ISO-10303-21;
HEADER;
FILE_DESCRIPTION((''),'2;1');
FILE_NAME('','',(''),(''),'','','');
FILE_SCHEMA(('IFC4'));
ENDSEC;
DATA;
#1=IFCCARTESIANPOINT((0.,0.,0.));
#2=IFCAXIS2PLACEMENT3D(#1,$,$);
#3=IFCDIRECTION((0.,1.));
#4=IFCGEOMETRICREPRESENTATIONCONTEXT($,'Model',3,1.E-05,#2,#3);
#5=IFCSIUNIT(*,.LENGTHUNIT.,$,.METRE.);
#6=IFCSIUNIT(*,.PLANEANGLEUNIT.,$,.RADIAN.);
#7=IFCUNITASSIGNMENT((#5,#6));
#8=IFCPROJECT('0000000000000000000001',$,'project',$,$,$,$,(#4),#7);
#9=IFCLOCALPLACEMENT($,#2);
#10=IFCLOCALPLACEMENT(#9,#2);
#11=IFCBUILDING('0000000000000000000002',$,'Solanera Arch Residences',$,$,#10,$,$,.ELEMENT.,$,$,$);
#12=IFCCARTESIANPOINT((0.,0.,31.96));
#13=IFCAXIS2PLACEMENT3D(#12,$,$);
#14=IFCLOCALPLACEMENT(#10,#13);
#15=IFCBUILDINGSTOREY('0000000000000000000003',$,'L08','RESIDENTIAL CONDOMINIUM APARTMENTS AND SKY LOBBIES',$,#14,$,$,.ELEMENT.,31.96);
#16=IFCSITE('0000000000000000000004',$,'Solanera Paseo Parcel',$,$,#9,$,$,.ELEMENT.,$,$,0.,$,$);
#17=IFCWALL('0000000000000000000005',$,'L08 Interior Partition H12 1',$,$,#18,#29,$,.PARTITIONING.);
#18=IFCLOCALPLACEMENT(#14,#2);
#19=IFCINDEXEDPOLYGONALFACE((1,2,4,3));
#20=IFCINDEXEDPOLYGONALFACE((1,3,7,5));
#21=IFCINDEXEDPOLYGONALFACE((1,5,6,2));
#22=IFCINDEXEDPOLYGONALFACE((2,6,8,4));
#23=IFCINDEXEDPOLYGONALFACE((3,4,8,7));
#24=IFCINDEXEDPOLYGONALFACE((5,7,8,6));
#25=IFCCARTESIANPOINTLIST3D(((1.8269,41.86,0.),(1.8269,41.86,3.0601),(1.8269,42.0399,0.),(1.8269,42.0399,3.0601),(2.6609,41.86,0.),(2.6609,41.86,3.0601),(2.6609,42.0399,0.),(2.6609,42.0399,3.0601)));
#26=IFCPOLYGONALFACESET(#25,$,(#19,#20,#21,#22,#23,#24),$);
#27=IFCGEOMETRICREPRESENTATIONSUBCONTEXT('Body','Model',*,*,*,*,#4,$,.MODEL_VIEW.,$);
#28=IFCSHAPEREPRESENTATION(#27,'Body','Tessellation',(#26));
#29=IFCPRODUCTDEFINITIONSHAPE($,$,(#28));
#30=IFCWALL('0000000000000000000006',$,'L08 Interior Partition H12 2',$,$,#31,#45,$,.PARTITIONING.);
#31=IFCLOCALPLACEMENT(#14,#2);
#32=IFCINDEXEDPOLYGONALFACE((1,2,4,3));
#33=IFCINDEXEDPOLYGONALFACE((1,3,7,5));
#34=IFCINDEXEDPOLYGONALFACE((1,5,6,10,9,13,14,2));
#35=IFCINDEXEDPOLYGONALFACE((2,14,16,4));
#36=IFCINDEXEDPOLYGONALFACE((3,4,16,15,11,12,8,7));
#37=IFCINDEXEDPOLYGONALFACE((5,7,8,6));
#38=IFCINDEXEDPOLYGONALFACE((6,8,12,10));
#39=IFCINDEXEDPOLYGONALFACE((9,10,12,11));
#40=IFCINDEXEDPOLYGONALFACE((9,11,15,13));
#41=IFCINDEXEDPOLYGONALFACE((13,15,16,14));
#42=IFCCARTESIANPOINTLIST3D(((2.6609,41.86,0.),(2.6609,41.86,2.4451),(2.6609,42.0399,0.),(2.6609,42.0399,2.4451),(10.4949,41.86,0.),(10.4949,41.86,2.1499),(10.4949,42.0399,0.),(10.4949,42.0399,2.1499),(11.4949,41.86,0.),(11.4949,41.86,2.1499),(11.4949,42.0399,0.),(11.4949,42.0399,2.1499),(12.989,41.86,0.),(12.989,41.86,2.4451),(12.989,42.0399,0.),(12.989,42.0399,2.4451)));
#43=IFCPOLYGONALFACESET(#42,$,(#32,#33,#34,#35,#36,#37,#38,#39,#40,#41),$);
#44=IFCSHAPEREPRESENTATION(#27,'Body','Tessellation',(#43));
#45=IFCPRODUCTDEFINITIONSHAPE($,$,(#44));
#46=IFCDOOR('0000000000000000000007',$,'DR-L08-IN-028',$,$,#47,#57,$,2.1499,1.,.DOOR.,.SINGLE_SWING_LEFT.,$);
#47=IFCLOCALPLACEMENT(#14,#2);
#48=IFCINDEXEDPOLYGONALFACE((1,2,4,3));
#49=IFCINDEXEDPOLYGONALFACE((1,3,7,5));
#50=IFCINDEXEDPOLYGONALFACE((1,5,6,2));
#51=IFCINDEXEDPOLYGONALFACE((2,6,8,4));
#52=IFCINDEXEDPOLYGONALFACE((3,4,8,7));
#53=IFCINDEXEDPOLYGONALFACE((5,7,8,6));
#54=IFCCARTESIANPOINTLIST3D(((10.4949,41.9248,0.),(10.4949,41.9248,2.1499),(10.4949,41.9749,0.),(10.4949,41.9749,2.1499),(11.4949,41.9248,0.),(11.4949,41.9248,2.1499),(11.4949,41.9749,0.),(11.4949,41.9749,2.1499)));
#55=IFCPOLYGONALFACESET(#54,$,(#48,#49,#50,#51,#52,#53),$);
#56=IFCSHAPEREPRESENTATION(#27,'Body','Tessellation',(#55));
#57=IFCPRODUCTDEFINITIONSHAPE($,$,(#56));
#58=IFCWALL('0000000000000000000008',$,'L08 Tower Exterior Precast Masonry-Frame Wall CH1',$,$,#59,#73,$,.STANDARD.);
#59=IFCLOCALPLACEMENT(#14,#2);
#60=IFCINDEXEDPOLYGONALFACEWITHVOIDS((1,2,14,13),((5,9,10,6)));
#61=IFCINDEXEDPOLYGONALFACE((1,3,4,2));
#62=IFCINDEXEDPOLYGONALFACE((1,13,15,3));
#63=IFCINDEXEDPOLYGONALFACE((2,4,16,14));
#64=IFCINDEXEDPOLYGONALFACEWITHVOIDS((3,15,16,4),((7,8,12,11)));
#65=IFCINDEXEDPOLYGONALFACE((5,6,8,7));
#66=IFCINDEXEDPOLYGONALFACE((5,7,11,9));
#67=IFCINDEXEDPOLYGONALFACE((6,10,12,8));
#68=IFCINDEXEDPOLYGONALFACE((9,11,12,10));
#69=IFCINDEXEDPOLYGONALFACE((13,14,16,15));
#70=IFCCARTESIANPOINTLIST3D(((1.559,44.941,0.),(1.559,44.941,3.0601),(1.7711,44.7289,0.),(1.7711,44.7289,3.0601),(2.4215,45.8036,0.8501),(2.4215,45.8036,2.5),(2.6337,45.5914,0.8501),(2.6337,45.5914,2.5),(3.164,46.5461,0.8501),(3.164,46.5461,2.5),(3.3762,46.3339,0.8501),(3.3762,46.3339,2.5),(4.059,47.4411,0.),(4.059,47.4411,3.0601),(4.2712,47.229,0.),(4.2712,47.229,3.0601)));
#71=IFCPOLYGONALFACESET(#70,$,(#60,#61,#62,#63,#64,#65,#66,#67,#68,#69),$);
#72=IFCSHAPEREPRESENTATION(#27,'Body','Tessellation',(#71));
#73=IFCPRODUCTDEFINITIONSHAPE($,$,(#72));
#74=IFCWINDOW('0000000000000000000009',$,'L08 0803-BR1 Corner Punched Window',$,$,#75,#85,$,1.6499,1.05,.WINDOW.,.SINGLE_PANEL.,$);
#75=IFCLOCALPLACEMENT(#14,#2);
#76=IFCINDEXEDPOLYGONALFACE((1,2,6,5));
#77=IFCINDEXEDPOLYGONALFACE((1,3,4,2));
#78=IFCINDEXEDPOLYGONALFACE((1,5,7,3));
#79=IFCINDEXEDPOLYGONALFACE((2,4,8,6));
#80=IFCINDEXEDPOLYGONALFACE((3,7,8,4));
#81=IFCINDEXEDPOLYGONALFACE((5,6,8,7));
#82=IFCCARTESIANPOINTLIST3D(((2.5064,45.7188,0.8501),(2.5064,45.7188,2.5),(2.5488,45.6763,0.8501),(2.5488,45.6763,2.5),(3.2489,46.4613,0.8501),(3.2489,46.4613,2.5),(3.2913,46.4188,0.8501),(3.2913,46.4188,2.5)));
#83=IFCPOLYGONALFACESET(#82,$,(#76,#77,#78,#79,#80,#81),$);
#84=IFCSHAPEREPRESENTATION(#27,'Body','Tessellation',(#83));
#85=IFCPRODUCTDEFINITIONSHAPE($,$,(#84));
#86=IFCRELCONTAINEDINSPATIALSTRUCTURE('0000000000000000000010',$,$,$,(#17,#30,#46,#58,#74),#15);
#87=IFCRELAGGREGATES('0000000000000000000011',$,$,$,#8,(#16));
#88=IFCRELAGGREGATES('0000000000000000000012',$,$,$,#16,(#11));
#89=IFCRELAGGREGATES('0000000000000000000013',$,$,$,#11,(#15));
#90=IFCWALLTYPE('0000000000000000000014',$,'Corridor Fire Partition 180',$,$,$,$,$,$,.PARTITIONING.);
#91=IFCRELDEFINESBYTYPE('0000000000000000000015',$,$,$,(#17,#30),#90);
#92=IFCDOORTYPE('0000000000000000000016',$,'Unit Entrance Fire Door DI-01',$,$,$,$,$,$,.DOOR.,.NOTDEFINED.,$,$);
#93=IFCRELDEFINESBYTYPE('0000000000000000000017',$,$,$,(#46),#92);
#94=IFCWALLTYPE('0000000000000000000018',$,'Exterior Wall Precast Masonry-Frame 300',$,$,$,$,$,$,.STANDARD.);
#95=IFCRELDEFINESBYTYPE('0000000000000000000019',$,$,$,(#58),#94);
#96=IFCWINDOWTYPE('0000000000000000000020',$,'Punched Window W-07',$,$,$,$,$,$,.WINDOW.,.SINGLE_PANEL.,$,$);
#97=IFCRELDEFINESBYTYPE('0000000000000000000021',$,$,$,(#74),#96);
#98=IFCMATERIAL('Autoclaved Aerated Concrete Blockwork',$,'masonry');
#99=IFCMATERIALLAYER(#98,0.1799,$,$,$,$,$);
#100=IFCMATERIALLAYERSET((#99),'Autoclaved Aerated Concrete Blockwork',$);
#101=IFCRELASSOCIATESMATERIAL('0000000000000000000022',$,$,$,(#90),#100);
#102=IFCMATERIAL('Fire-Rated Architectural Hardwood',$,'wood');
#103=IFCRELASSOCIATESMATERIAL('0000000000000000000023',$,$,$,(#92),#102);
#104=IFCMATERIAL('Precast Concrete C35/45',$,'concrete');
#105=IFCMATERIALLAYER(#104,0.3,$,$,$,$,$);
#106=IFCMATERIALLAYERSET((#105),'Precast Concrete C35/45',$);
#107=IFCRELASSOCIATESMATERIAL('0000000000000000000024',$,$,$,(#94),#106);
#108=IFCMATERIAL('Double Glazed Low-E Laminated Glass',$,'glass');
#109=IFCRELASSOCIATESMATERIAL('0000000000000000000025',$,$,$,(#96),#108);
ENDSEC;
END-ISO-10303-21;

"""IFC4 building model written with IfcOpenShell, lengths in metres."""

from ifc_helpers import new_model, si_unit, direction, frame, frame_2d, origin, place, context, subcontext, project, spatial, rectangle, extrude, material, layer, layer_set, type_object, element, fill, save


model = new_model("IFC4")

# Units and contexts
model_context = context("Model", 3, precision=1e-05, world=origin(), true_north=direction((0.0, 1.0)))
body_context = subcontext(model_context, "Body", "Model", "MODEL_VIEW")
ifc_project = project(units=[si_unit("LENGTHUNIT", "METRE"), si_unit("PLANEANGLEUNIT", "RADIAN")], contexts=[model_context])

# Site, building, storey
site_placement = place(None, origin())
site = spatial("IfcSite", under=ifc_project, at=site_placement, Name="Solanera Paseo Parcel", CompositionType="ELEMENT", RefElevation=0.0)
building_placement = place(site_placement, origin())
building = spatial("IfcBuilding", under=site, at=building_placement, Name="Solanera Arch Residences", CompositionType="ELEMENT")
storey_placement = place(building_placement, frame((0.0, 0.0, 31.96)))
storey = spatial("IfcBuildingStorey", under=building, at=storey_placement, Name="L08", Description="RESIDENTIAL CONDOMINIUM APARTMENTS AND SKY LOBBIES", CompositionType="ELEMENT", Elevation=31.96)

# Wall
ifc_material_1 = material(Name="Autoclaved Aerated Concrete Blockwork", Category="masonry")
ifc_layer_1 = layer(ifc_material_1, 0.1799)
ifc_layer_set_1 = layer_set([ifc_layer_1], Name="Autoclaved Aerated Concrete Blockwork")
wall_type_1 = type_object("IfcWallType", Name="Corridor Fire Partition 180", PredefinedType="PARTITIONING", material=ifc_layer_set_1)
wall_1_placement = place(storey_placement, frame((1.8269, 41.95, 0.0), z_axis=(0.0, 0.0, 1.0), x_axis=(1.0, 0.0, 0.0)))
element("IfcWall", 1, at=wall_1_placement, inside=storey, type_object=wall_type_1, Name="L08 Interior Partition H12 1", PredefinedType="PARTITIONING", context=body_context, shape_type="SweptSolid", body=[
    extrude(rectangle(XDim=0.834, YDim=0.1799, at=frame_2d((0.417, 0.0))), origin(), (0.0, 0.0, 1.0), 3.0601),
])

# Wall, opening, door
wall_2_placement = place(storey_placement, frame((2.6609, 41.95, 0.0), z_axis=(0.0, 0.0, 1.0), x_axis=(1.0, 0.0, 0.0)))
wall_2 = element("IfcWall", 2, at=wall_2_placement, inside=storey, type_object=wall_type_1, Name="L08 Interior Partition H12 2", PredefinedType="PARTITIONING", context=body_context, shape_type="SweptSolid", body=[
    extrude(rectangle(XDim=10.3281, YDim=0.1799, at=frame_2d((5.1641, 0.0))), origin(), (0.0, 0.0, 1.0), 2.4451),
])
opening_1_placement = place(wall_2_placement, frame((7.834, 0.0, 0.0)))
opening_1 = element("IfcOpeningElement", 3, at=opening_1_placement, cuts=wall_2, PredefinedType="OPENING", context=body_context, shape_type="SweptSolid", body=[
    extrude(rectangle(XDim=1.0, YDim=2.1499, at=frame_2d((0.5, 1.075))), frame((0.0, 0.1001, 0.0), z_axis=(0.0, -1.0, 0.0), x_axis=(1.0, 0.0, 0.0)), (0.0, 0.0, 1.0), 0.1999),
])
ifc_material_2 = material(Name="Fire-Rated Architectural Hardwood", Category="wood")
door_type_1 = type_object("IfcDoorType", Name="Unit Entrance Fire Door DI-01", OperationType="NOTDEFINED", PredefinedType="DOOR", material=ifc_material_2)
door_1_placement = place(opening_1_placement, origin())
door_1 = element("IfcDoor", 4, at=door_1_placement, inside=storey, type_object=door_type_1, Name="DR-L08-IN-028", OperationType="SINGLE_SWING_LEFT", OverallHeight=2.1499, OverallWidth=1.0, PredefinedType="DOOR", context=body_context, shape_type="SweptSolid", body=[
    extrude(rectangle(XDim=1.0, YDim=2.1499, at=frame_2d((0.5, 1.075))), frame((0.0, 0.0249, 0.0), z_axis=(0.0, -1.0, 0.0), x_axis=(1.0, 0.0, 0.0)), (0.0, 0.0, 1.0), 0.05),
])
fill(opening_1, door_1)

# Wall, opening, window
ifc_material_3 = material(Name="Precast Concrete C35/45", Category="concrete")
ifc_layer_2 = layer(ifc_material_3, 0.3)
ifc_layer_set_2 = layer_set([ifc_layer_2], Name="Precast Concrete C35/45")
wall_type_2 = type_object("IfcWallType", Name="Exterior Wall Precast Masonry-Frame 300", PredefinedType="STANDARD", material=ifc_layer_set_2)
wall_3_placement = place(storey_placement, frame((1.665, 44.835, 0.0), z_axis=(0.0, 0.0, 1.0), x_axis=(0.707107, 0.707107, 0.0)))
wall_3 = element("IfcWall", 5, at=wall_3_placement, inside=storey, type_object=wall_type_2, Name="L08 Tower Exterior Precast Masonry-Frame Wall CH1", PredefinedType="STANDARD", context=body_context, shape_type="SweptSolid", body=[
    extrude(rectangle(XDim=3.5356, YDim=0.3, at=frame_2d((1.7678, 0.0))), origin(), (0.0, 0.0, 1.0), 3.0601),
])
opening_2_placement = place(wall_3_placement, frame((1.22, 0.0, 0.8501)))
opening_2 = element("IfcOpeningElement", 6, at=opening_2_placement, cuts=wall_3, PredefinedType="OPENING", context=body_context, shape_type="SweptSolid", body=[
    extrude(rectangle(XDim=1.05, YDim=1.6499, at=frame_2d((0.5249, 0.825))), frame((0.0, 0.1599, 0.0), z_axis=(0.0, -1.0, 0.0), x_axis=(1.0, 0.0, 0.0)), (0.0, 0.0, 1.0), 0.32),
])
ifc_material_4 = material(Name="Double Glazed Low-E Laminated Glass", Category="glass")
window_type_1 = type_object("IfcWindowType", Name="Punched Window W-07", PartitioningType="SINGLE_PANEL", PredefinedType="WINDOW", material=ifc_material_4)
window_1_placement = place(opening_2_placement, origin())
window_1 = element("IfcWindow", 7, at=window_1_placement, inside=storey, type_object=window_type_1, Name="L08 0803-BR1 Corner Punched Window", OverallHeight=1.6499, OverallWidth=1.05, PartitioningType="SINGLE_PANEL", PredefinedType="WINDOW", context=body_context, shape_type="SweptSolid", body=[
    extrude(rectangle(XDim=1.05, YDim=1.6499, at=frame_2d((0.5249, 0.825))), frame((0.0, 0.03, 0.0), z_axis=(0.0, -1.0, 0.0), x_axis=(1.0, 0.0, 0.0)), (0.0, 0.0, 1.0), 0.0601),
])
fill(opening_2, window_1)

save(model, "model.ifc")
